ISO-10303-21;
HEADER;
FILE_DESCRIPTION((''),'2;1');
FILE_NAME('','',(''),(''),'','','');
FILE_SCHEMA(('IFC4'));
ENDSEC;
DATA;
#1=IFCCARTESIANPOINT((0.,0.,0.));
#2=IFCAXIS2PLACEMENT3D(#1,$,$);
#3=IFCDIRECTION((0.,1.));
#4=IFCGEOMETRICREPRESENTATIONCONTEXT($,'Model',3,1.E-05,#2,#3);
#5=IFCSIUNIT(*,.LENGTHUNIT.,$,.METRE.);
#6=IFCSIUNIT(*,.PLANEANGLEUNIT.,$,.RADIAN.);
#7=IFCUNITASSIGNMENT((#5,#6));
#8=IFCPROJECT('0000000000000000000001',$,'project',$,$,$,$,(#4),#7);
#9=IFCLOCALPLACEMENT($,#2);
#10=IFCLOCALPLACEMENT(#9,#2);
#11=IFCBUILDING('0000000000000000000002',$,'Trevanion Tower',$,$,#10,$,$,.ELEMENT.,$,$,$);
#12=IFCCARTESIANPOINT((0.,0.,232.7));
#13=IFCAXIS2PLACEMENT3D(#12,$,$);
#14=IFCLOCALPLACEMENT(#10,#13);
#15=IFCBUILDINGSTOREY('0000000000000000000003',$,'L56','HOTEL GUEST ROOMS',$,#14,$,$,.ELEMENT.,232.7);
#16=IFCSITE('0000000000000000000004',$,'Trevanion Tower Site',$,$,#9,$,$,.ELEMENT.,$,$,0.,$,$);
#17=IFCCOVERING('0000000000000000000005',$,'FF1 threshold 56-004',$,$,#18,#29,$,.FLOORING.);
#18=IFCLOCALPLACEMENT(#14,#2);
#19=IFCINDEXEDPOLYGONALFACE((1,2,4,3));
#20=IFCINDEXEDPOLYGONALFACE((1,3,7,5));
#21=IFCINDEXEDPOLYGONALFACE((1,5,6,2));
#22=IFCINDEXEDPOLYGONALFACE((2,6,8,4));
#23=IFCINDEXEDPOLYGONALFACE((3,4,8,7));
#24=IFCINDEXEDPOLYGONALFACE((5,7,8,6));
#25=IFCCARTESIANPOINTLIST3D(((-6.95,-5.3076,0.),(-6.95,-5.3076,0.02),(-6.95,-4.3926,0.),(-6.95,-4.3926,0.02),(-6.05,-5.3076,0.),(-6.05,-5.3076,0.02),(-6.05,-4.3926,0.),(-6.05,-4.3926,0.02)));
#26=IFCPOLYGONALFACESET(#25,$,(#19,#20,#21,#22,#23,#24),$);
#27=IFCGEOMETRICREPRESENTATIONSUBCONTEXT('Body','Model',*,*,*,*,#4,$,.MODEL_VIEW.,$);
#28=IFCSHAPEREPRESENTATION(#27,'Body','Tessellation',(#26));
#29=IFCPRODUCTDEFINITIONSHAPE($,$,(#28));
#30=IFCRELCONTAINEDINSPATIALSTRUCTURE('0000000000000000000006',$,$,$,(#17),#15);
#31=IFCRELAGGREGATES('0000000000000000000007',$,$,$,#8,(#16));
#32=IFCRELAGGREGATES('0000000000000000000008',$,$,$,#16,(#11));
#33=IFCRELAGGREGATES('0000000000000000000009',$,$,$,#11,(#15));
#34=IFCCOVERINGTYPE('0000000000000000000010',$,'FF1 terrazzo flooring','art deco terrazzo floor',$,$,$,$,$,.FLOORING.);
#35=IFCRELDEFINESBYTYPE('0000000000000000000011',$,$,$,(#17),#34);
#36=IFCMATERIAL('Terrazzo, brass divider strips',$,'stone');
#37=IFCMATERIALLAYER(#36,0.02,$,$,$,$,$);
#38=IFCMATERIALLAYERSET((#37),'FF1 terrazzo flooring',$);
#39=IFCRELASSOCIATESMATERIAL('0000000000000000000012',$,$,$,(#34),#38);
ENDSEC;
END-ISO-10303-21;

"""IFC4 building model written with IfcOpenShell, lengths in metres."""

from ifc_helpers import new_model, si_unit, direction, frame, origin, place, context, subcontext, project, spatial, polyline, outline, extrude, material, layer, layer_set, type_object, element, save


model = new_model("IFC4")

# Units and contexts
model_context = context("Model", 3, precision=1e-05, world=origin(), true_north=direction((0.0, 1.0)))
body_context = subcontext(model_context, "Body", "Model", "MODEL_VIEW")
ifc_project = project(units=[si_unit("LENGTHUNIT", "METRE"), si_unit("PLANEANGLEUNIT", "RADIAN")], contexts=[model_context])

# Site, building, storey
site_placement = place(None, origin())
site = spatial("IfcSite", under=ifc_project, at=site_placement, Name="Trevanion Tower Site", CompositionType="ELEMENT", RefElevation=0.0)
building_placement = place(site_placement, origin())
building = spatial("IfcBuilding", under=site, at=building_placement, Name="Trevanion Tower", CompositionType="ELEMENT")
storey_placement = place(building_placement, frame((0.0, 0.0, 232.7)))
storey = spatial("IfcBuildingStorey", under=building, at=storey_placement, Name="L56", Description="HOTEL GUEST ROOMS", CompositionType="ELEMENT", Elevation=232.7)

# Covering
ifc_material_1 = material(Name="Terrazzo, brass divider strips", Category="stone")
ifc_layer_1 = layer(ifc_material_1, 0.02)
ifc_layer_set_1 = layer_set([ifc_layer_1], Name="FF1 terrazzo flooring")
covering_type = type_object("IfcCoveringType", Name="FF1 terrazzo flooring", Description="art deco terrazzo floor", PredefinedType="FLOORING", material=ifc_layer_set_1)
covering_1_placement = place(storey_placement, origin())
element("IfcCovering", 1, at=covering_1_placement, inside=storey, type_object=covering_type, Name="FF1 threshold 56-004", PredefinedType="FLOORING", context=body_context, shape_type="SweptSolid", body=[
    extrude(outline(polyline([(-6.95, -4.3926), (-6.95, -5.3076), (-6.05, -5.3076), (-6.05, -4.3926), (-6.95, -4.3926)])), origin(), (0.0, 0.0, 1.0), 0.02),
])

save(model, "model.ifc")
